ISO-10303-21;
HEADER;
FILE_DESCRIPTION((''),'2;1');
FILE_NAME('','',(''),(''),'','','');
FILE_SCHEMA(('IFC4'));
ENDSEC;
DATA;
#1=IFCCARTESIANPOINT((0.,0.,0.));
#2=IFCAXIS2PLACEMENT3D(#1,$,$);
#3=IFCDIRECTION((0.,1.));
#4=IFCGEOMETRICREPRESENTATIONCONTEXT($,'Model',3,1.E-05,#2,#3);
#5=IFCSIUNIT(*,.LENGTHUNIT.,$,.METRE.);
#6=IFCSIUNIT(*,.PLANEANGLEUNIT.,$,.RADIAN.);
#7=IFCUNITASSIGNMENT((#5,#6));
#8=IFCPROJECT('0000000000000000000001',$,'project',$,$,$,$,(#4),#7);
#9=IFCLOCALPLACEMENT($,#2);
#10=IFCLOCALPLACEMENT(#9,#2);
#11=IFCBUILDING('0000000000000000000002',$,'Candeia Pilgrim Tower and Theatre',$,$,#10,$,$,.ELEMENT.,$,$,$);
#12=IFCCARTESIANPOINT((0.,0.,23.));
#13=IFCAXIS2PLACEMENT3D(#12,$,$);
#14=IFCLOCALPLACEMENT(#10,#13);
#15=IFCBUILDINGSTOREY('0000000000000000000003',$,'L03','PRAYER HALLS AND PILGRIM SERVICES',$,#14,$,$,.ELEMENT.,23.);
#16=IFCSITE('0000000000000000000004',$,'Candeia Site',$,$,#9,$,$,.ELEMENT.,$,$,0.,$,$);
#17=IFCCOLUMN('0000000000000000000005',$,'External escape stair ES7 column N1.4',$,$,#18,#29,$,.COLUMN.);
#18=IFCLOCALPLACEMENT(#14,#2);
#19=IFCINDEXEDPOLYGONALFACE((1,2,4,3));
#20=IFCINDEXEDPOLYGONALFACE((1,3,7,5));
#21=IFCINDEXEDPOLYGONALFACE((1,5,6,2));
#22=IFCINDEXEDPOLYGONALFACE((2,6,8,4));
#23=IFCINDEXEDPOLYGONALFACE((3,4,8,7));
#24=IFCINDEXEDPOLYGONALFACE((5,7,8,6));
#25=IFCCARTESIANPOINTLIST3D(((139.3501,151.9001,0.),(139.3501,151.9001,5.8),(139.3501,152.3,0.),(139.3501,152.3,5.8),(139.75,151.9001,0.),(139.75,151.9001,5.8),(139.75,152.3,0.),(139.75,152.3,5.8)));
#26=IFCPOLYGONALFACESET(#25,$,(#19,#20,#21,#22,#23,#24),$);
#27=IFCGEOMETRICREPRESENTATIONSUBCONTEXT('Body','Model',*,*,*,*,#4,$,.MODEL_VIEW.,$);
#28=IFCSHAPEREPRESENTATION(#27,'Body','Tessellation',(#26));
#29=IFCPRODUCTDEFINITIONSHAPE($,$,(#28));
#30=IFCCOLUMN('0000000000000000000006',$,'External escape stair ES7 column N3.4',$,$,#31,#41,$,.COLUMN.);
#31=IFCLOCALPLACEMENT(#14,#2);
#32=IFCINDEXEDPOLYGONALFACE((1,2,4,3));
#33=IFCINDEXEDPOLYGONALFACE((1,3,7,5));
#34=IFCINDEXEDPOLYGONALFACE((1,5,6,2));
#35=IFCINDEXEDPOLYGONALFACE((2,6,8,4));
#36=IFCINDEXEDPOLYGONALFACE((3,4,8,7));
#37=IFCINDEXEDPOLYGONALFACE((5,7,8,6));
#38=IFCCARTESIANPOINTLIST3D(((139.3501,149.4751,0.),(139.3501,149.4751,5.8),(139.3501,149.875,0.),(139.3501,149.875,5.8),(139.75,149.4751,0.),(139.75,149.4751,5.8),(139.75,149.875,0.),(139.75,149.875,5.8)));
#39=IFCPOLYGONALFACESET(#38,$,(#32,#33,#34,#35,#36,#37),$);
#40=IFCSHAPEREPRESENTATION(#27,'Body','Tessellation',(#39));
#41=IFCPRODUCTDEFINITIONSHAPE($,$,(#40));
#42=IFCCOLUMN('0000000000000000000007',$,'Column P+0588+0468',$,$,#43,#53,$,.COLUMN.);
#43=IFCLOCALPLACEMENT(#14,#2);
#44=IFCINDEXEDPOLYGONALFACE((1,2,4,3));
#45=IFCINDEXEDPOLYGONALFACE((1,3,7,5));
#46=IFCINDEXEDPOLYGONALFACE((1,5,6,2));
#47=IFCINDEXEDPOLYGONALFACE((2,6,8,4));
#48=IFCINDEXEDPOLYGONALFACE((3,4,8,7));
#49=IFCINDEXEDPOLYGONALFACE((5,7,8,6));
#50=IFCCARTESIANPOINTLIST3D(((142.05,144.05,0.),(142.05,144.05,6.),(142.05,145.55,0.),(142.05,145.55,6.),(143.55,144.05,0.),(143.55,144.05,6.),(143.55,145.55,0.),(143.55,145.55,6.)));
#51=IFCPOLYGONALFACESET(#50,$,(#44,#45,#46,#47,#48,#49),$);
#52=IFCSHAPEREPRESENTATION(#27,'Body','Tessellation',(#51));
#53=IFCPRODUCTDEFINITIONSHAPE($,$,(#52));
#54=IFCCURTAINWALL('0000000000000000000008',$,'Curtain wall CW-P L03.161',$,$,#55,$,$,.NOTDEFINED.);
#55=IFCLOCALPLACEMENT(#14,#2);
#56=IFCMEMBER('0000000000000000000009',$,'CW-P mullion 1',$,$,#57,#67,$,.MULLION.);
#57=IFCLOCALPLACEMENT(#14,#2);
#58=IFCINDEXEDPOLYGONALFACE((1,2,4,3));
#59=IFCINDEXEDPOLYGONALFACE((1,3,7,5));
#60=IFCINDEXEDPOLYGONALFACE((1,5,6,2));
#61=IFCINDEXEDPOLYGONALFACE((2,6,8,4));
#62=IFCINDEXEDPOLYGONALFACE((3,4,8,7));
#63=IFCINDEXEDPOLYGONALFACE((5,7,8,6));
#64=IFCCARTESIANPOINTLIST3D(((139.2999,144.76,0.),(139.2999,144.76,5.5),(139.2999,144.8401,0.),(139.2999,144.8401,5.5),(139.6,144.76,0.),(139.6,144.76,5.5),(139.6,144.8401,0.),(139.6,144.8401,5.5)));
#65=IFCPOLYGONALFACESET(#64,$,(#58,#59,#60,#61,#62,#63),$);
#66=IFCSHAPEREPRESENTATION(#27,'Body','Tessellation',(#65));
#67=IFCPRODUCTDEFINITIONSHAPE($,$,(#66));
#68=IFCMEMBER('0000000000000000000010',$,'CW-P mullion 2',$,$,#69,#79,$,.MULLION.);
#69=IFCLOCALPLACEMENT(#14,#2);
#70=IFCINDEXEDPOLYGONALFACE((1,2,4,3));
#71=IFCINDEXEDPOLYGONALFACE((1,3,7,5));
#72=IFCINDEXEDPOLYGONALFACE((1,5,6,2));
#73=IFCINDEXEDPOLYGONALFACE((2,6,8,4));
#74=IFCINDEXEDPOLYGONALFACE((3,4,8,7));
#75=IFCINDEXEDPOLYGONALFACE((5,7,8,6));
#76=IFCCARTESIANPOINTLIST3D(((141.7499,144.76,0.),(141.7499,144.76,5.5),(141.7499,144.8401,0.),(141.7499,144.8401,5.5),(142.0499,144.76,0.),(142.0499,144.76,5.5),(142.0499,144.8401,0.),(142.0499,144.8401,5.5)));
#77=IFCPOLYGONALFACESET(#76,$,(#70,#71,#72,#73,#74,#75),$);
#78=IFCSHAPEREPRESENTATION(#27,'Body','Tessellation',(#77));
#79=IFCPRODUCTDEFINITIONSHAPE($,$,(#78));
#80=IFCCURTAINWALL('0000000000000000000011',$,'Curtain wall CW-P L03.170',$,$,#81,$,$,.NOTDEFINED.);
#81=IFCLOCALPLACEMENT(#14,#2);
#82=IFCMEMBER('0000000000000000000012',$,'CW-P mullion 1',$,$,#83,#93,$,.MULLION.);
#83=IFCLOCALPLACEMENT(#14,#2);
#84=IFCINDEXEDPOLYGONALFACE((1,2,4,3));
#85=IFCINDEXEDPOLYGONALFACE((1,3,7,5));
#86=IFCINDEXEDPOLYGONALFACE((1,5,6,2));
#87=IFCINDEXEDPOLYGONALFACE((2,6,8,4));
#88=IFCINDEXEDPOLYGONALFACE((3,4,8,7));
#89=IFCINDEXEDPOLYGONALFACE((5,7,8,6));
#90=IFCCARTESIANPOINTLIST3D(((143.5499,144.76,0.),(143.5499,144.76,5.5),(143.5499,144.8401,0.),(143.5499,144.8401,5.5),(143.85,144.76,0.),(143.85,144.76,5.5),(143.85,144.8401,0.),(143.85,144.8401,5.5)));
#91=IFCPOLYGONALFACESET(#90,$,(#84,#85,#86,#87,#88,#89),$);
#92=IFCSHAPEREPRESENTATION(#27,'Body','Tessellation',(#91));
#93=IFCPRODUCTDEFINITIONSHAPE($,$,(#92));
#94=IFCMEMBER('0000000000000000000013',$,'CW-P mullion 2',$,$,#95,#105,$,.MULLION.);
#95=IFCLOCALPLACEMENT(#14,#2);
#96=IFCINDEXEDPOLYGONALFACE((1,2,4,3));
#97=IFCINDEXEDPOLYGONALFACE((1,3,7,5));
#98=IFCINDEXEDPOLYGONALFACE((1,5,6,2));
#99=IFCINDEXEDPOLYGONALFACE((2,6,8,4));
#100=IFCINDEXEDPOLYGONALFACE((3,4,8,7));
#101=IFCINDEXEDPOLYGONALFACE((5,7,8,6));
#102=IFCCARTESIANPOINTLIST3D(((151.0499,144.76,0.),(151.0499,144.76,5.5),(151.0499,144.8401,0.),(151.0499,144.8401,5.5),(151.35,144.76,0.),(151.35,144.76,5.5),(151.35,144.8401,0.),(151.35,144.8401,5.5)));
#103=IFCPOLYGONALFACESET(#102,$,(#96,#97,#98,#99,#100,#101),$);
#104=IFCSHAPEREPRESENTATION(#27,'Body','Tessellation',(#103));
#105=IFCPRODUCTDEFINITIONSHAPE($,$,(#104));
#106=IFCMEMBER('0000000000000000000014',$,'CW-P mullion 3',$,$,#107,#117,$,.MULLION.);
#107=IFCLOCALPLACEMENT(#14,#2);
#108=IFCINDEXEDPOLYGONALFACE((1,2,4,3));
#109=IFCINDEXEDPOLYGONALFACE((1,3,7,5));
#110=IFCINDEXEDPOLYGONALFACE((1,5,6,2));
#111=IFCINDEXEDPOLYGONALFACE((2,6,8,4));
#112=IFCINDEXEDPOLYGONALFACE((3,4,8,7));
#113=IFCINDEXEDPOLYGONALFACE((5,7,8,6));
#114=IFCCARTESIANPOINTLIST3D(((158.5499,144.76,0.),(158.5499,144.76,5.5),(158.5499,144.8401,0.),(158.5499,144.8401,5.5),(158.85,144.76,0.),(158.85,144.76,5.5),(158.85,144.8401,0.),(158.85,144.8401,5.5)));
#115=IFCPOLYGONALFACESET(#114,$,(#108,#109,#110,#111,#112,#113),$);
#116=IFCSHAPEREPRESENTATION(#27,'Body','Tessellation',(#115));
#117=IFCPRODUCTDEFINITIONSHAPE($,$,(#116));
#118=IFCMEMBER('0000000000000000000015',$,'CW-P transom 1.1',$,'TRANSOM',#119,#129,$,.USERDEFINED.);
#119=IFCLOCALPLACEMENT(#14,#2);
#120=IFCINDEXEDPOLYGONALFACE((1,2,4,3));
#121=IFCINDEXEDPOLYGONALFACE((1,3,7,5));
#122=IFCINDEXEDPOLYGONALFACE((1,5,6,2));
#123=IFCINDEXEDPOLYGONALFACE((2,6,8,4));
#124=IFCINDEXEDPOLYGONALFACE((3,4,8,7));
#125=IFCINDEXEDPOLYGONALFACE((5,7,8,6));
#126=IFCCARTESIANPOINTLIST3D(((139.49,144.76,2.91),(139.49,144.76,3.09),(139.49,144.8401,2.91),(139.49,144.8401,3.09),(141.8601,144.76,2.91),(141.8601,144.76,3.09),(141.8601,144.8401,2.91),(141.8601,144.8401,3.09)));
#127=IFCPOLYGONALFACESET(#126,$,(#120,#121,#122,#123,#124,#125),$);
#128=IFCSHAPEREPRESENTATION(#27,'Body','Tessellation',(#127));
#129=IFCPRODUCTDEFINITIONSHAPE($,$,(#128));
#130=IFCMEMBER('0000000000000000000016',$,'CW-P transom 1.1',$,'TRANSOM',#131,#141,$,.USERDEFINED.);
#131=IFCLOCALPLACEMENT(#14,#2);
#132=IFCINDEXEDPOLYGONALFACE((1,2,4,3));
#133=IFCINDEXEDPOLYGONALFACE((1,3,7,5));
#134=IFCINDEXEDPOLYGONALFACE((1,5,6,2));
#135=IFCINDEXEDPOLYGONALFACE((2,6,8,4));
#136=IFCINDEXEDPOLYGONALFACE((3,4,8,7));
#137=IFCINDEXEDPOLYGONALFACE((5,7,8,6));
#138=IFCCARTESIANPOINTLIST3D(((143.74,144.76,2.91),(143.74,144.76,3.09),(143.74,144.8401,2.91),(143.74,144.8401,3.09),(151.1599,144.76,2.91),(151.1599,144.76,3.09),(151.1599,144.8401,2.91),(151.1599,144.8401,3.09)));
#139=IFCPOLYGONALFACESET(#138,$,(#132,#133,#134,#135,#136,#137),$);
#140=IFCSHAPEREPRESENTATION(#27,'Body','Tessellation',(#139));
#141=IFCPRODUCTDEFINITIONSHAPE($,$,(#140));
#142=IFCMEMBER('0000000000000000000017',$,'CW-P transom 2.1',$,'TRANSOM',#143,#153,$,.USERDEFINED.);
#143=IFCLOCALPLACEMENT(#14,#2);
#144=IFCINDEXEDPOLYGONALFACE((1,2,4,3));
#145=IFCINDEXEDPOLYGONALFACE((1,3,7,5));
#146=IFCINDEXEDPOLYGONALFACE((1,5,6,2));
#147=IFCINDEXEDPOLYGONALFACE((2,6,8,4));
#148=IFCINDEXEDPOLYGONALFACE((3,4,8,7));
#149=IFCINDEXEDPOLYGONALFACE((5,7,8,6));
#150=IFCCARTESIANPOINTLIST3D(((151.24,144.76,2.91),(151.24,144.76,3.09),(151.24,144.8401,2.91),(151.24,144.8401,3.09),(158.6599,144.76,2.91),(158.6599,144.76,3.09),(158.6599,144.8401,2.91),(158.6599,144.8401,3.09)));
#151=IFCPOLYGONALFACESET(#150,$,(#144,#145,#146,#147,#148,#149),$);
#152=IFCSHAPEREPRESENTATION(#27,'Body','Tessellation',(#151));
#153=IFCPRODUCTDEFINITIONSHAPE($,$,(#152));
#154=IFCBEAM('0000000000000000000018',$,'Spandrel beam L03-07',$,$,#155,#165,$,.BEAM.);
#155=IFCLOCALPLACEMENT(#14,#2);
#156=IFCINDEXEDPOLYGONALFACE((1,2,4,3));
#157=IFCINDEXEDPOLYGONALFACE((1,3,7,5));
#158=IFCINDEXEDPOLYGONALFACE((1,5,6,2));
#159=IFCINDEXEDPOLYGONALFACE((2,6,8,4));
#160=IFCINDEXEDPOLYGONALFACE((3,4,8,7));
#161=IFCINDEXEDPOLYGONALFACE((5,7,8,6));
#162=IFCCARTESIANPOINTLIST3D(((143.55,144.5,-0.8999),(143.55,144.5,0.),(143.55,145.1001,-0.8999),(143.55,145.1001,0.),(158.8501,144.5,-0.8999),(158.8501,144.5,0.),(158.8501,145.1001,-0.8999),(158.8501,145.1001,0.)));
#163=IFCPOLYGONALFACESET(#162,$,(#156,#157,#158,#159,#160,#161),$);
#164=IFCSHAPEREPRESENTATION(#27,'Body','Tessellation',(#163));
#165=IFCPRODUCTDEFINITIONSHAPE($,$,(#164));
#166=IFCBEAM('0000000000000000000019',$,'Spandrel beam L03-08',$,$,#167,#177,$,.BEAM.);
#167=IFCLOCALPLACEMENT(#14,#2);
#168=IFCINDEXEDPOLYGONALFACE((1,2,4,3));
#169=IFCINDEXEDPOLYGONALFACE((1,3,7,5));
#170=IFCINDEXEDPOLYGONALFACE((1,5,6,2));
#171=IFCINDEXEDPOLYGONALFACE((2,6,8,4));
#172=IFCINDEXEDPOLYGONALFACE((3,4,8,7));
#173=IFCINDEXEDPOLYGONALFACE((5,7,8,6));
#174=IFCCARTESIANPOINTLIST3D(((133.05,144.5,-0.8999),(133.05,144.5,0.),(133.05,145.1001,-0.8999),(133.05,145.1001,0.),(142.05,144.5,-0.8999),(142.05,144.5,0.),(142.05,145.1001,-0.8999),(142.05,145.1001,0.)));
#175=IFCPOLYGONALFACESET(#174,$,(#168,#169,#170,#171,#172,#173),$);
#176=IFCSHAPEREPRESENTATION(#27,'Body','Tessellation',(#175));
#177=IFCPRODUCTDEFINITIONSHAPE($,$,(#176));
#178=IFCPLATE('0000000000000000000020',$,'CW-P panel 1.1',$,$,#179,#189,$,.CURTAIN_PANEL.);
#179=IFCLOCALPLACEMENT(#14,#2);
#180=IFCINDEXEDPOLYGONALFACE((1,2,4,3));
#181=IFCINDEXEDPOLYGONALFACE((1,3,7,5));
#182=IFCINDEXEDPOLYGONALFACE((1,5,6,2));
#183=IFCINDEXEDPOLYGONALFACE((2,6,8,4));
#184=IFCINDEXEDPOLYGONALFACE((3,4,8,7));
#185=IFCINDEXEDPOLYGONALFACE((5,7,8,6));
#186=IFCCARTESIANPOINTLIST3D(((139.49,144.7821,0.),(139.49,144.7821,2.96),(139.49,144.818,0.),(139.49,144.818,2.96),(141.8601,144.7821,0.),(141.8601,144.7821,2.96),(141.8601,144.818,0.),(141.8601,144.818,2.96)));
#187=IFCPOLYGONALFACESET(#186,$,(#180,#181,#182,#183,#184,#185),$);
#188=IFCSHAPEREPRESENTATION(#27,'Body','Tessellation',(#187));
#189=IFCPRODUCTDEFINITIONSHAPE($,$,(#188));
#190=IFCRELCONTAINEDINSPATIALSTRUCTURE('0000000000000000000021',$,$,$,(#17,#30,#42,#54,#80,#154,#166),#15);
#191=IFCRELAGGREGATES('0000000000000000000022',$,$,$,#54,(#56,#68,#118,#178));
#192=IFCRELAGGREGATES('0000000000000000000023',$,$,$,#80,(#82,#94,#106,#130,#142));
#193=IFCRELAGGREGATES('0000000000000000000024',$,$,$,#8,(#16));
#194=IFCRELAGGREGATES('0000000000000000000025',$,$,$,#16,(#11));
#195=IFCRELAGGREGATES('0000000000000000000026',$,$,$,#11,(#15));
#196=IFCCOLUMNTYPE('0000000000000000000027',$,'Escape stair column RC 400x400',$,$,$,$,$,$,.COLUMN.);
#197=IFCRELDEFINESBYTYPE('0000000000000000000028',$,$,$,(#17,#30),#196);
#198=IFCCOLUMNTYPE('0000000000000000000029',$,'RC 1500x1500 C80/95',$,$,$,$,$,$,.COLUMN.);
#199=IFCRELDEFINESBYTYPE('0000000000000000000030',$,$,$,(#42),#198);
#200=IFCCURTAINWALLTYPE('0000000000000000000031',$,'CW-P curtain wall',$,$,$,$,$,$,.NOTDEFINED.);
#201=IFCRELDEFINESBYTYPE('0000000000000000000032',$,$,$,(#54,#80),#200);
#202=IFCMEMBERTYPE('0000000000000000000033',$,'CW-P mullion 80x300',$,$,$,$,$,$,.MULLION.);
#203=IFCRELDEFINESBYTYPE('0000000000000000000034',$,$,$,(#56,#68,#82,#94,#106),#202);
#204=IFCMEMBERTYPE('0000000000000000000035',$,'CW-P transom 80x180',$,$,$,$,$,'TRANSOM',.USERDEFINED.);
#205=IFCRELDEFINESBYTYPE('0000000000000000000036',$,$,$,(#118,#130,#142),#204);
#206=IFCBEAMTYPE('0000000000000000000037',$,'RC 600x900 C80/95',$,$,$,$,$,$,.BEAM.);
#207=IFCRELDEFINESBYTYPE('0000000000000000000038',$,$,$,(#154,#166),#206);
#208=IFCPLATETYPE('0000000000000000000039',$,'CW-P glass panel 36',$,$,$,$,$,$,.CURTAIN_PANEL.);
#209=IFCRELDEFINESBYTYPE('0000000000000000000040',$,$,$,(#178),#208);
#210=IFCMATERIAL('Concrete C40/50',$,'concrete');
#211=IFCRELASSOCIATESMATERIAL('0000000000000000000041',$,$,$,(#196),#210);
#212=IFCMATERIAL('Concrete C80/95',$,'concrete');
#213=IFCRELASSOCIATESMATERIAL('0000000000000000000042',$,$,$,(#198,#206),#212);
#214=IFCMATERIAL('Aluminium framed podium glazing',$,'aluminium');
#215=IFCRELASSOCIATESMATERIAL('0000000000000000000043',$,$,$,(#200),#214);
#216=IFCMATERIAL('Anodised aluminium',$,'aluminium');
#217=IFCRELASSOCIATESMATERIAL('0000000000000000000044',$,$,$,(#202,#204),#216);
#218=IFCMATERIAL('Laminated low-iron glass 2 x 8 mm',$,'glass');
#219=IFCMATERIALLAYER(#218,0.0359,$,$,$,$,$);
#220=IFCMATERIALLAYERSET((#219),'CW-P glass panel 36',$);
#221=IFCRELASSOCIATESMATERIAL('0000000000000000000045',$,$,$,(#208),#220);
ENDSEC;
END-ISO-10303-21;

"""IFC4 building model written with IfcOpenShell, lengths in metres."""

from ifc_helpers import new_model, si_unit, direction, frame, origin, origin_2d, place, context, subcontext, project, spatial, rectangle, extrude, material, layer, layer_set, material_profile, profile_set, type_object, element, aggregate, save


model = new_model("IFC4")

# Units and contexts
model_context = context("Model", 3, precision=1e-05, world=origin(), true_north=direction((0.0, 1.0)))
body_context = subcontext(model_context, "Body", "Model", "MODEL_VIEW")
ifc_project = project(units=[si_unit("LENGTHUNIT", "METRE"), si_unit("PLANEANGLEUNIT", "RADIAN")], contexts=[model_context])

# Site, building, storey
site_placement = place(None, origin())
site = spatial("IfcSite", under=ifc_project, at=site_placement, Name="Candeia Site", CompositionType="ELEMENT", RefElevation=0.0)
building_placement = place(site_placement, origin())
building = spatial("IfcBuilding", under=site, at=building_placement, Name="Candeia Pilgrim Tower and Theatre", CompositionType="ELEMENT")
storey_placement = place(building_placement, frame((0.0, 0.0, 23.0)))
storey = spatial("IfcBuildingStorey", under=building, at=storey_placement, Name="L03", Description="PRAYER HALLS AND PILGRIM SERVICES", CompositionType="ELEMENT", Elevation=23.0)

# Columns
ifc_material_1 = material(Name="Concrete C40/50", Category="concrete")
ifc_material_profile_1 = material_profile(ifc_material_1, rectangle(XDim=0.3999, YDim=0.3999, at=origin_2d()))
ifc_profile_set_1 = profile_set([ifc_material_profile_1], Name="Concrete C40/50")
column_type_1 = type_object("IfcColumnType", Name="Escape stair column RC 400x400", PredefinedType="COLUMN", material=ifc_profile_set_1)
for number, where, z_axis, x_axis, name in (
    (1, (139.55, 152.1001, 0.0), (0.0, 0.0, 1.0), (1.0, 0.0, 0.0), "External escape stair ES7 column N1.4"),
    (2, (139.55, 149.675, 0.0), (0.0, 0.0, 1.0), (1.0, 0.0, 0.0), "External escape stair ES7 column N3.4"),
):
    element("IfcColumn", number, at=place(storey_placement, frame(where, z_axis=z_axis, x_axis=x_axis)), inside=storey, type_object=column_type_1, Name=name, PredefinedType="COLUMN", context=body_context, shape_type="SweptSolid", body=[
        extrude(rectangle(XDim=0.3999, YDim=0.3999, at=origin_2d()), origin(), (0.0, 0.0, 1.0), 5.8),
    ])
ifc_material_2 = material(Name="Concrete C80/95", Category="concrete")
ifc_material_profile_2 = material_profile(ifc_material_2, rectangle(XDim=1.5, YDim=1.5, at=origin_2d()))
ifc_profile_set_2 = profile_set([ifc_material_profile_2], Name="Concrete C80/95")
column_type_2 = type_object("IfcColumnType", Name="RC 1500x1500 C80/95", PredefinedType="COLUMN", material=ifc_profile_set_2)
column_placement = place(storey_placement, frame((142.8, 144.8, 0.0), z_axis=(0.0, 0.0, 1.0), x_axis=(1.0, 0.0, 0.0)))
element("IfcColumn", 3, at=column_placement, inside=storey, type_object=column_type_2, Name="Column P+0588+0468", PredefinedType="COLUMN", context=body_context, shape_type="SweptSolid", body=[
    extrude(rectangle(XDim=1.5, YDim=1.5, at=origin_2d()), origin(), (0.0, 0.0, 1.0), 6.0),
])

# Curtain walls, members
ifc_material_3 = material(Name="Aluminium framed podium glazing", Category="aluminium")
curtain_wall_type = type_object("IfcCurtainWallType", Name="CW-P curtain wall", PredefinedType="NOTDEFINED", material=ifc_material_3)
curtain_wall_1_placement = place(storey_placement, origin())
curtain_wall_1 = element("IfcCurtainWall", 4, at=curtain_wall_1_placement, inside=storey, type_object=curtain_wall_type, Name="Curtain wall CW-P L03.161", PredefinedType="NOTDEFINED")
ifc_material_4 = material(Name="Anodised aluminium", Category="aluminium")
ifc_material_profile_3 = material_profile(ifc_material_4, rectangle(XDim=0.0801, YDim=0.3, at=origin_2d()))
ifc_profile_set_3 = profile_set([ifc_material_profile_3], Name="Anodised aluminium")
member_type_1 = type_object("IfcMemberType", Name="CW-P mullion 80x300", PredefinedType="MULLION", material=ifc_profile_set_3)
member_1_placement = place(storey_placement, frame((139.45, 144.8, 0.0), z_axis=(0.0, 0.0, 1.0), x_axis=(0.0, 1.0, 0.0)))
member_1 = element("IfcMember", 5, at=member_1_placement, type_object=member_type_1, Name="CW-P mullion 1", PredefinedType="MULLION", context=body_context, shape_type="SweptSolid", body=[
    extrude(rectangle(XDim=0.0801, YDim=0.3, at=origin_2d()), origin(), (0.0, 0.0, 1.0), 5.5),
])
member_2_placement = place(storey_placement, frame((141.8999, 144.8, 0.0), z_axis=(0.0, 0.0, 1.0), x_axis=(0.0, 1.0, 0.0)))
member_2 = element("IfcMember", 6, at=member_2_placement, type_object=member_type_1, Name="CW-P mullion 2", PredefinedType="MULLION", context=body_context, shape_type="SweptSolid", body=[
    extrude(rectangle(XDim=0.0801, YDim=0.3, at=origin_2d()), origin(), (0.0, 0.0, 1.0), 5.5),
])
curtain_wall_2_placement = place(storey_placement, origin())
curtain_wall_2 = element("IfcCurtainWall", 7, at=curtain_wall_2_placement, inside=storey, type_object=curtain_wall_type, Name="Curtain wall CW-P L03.170", PredefinedType="NOTDEFINED")
member_3_placement = place(storey_placement, frame((143.7, 144.8, 0.0), z_axis=(0.0, 0.0, 1.0), x_axis=(0.0, 1.0, 0.0)))
member_3 = element("IfcMember", 8, at=member_3_placement, type_object=member_type_1, Name="CW-P mullion 1", PredefinedType="MULLION", context=body_context, shape_type="SweptSolid", body=[
    extrude(rectangle(XDim=0.0801, YDim=0.3, at=origin_2d()), origin(), (0.0, 0.0, 1.0), 5.5),
])
member_4_placement = place(storey_placement, frame((151.2, 144.8, 0.0), z_axis=(0.0, 0.0, 1.0), x_axis=(0.0, 1.0, 0.0)))
member_4 = element("IfcMember", 9, at=member_4_placement, type_object=member_type_1, Name="CW-P mullion 2", PredefinedType="MULLION", context=body_context, shape_type="SweptSolid", body=[
    extrude(rectangle(XDim=0.0801, YDim=0.3, at=origin_2d()), origin(), (0.0, 0.0, 1.0), 5.5),
])
member_5_placement = place(storey_placement, frame((158.7, 144.8, 0.0), z_axis=(0.0, 0.0, 1.0), x_axis=(0.0, 1.0, 0.0)))
member_5 = element("IfcMember", 10, at=member_5_placement, type_object=member_type_1, Name="CW-P mullion 3", PredefinedType="MULLION", context=body_context, shape_type="SweptSolid", body=[
    extrude(rectangle(XDim=0.0801, YDim=0.3, at=origin_2d()), origin(), (0.0, 0.0, 1.0), 5.5),
])

# Members
ifc_material_profile_4 = material_profile(ifc_material_4, rectangle(XDim=0.0801, YDim=0.1799, at=origin_2d()))
ifc_profile_set_4 = profile_set([ifc_material_profile_4], Name="Anodised aluminium")
member_type_2 = type_object("IfcMemberType", Name="CW-P transom 80x180", ElementType="TRANSOM", PredefinedType="USERDEFINED", material=ifc_profile_set_4)
member_6_placement = place(storey_placement, frame((139.49, 144.8, 3.0), z_axis=(1.0, 0.0, 0.0), x_axis=(0.0, 1.0, 0.0)))
member_6 = element("IfcMember", 11, at=member_6_placement, type_object=member_type_2, Name="CW-P transom 1.1", ObjectType="TRANSOM", PredefinedType="USERDEFINED", context=body_context, shape_type="SweptSolid", body=[
    extrude(rectangle(XDim=0.0801, YDim=0.1799, at=origin_2d()), origin(), (0.0, 0.0, 1.0), 2.3701),
])
member_7_placement = place(storey_placement, frame((143.74, 144.8, 3.0), z_axis=(1.0, 0.0, 0.0), x_axis=(0.0, 1.0, 0.0)))
member_7 = element("IfcMember", 12, at=member_7_placement, type_object=member_type_2, Name="CW-P transom 1.1", ObjectType="TRANSOM", PredefinedType="USERDEFINED", context=body_context, shape_type="SweptSolid", body=[
    extrude(rectangle(XDim=0.0801, YDim=0.1799, at=origin_2d()), origin(), (0.0, 0.0, 1.0), 7.4199),
])
member_8_placement = place(storey_placement, frame((151.24, 144.8, 3.0), z_axis=(1.0, 0.0, 0.0), x_axis=(0.0, 1.0, 0.0)))
member_8 = element("IfcMember", 13, at=member_8_placement, type_object=member_type_2, Name="CW-P transom 2.1", ObjectType="TRANSOM", PredefinedType="USERDEFINED", context=body_context, shape_type="SweptSolid", body=[
    extrude(rectangle(XDim=0.0801, YDim=0.1799, at=origin_2d()), origin(), (0.0, 0.0, 1.0), 7.4199),
])

# Beams
ifc_material_profile_5 = material_profile(ifc_material_2, rectangle(XDim=0.6001, YDim=0.8999, at=origin_2d()))
ifc_profile_set_5 = profile_set([ifc_material_profile_5], Name="Concrete C80/95")
beam_type = type_object("IfcBeamType", Name="RC 600x900 C80/95", PredefinedType="BEAM", material=ifc_profile_set_5)
beam_1_placement = place(storey_placement, frame((158.8501, 144.8, -0.45), z_axis=(-1.0, 0.0, 0.0), x_axis=(0.0, -1.0, 0.0)))
element("IfcBeam", 14, at=beam_1_placement, inside=storey, type_object=beam_type, Name="Spandrel beam L03-07", PredefinedType="BEAM", context=body_context, shape_type="SweptSolid", body=[
    extrude(rectangle(XDim=0.6001, YDim=0.8999, at=origin_2d()), origin(), (0.0, 0.0, 1.0), 15.3),
])
beam_2_placement = place(storey_placement, frame((142.05, 144.8, -0.45), z_axis=(-1.0, 0.0, 0.0), x_axis=(0.0, -1.0, 0.0)))
element("IfcBeam", 15, at=beam_2_placement, inside=storey, type_object=beam_type, Name="Spandrel beam L03-08", PredefinedType="BEAM", context=body_context, shape_type="SweptSolid", body=[
    extrude(rectangle(XDim=0.6001, YDim=0.8999, at=origin_2d()), origin(), (0.0, 0.0, 1.0), 9.0),
])

# Plate
ifc_material_5 = material(Name="Laminated low-iron glass 2 x 8 mm", Category="glass")
ifc_layer_1 = layer(ifc_material_5, 0.0359)
ifc_layer_set_1 = layer_set([ifc_layer_1], Name="CW-P glass panel 36")
plate_type = type_object("IfcPlateType", Name="CW-P glass panel 36", PredefinedType="CURTAIN_PANEL", material=ifc_layer_set_1)
plate_1_placement = place(storey_placement, frame((140.675, 144.8, 0.0), z_axis=(0.0, 0.0, 1.0), x_axis=(1.0, 0.0, 0.0)))
plate_1 = element("IfcPlate", 16, at=plate_1_placement, type_object=plate_type, Name="CW-P panel 1.1", PredefinedType="CURTAIN_PANEL", context=body_context, shape_type="SweptSolid", body=[
    extrude(rectangle(XDim=2.3701, YDim=0.0359, at=origin_2d()), origin(), (0.0, 0.0, 1.0), 2.96),
])
aggregate(curtain_wall_1, [member_1, member_2, member_6, plate_1])
aggregate(curtain_wall_2, [member_3, member_4, member_5, member_7, member_8])

save(model, "model.ifc")
